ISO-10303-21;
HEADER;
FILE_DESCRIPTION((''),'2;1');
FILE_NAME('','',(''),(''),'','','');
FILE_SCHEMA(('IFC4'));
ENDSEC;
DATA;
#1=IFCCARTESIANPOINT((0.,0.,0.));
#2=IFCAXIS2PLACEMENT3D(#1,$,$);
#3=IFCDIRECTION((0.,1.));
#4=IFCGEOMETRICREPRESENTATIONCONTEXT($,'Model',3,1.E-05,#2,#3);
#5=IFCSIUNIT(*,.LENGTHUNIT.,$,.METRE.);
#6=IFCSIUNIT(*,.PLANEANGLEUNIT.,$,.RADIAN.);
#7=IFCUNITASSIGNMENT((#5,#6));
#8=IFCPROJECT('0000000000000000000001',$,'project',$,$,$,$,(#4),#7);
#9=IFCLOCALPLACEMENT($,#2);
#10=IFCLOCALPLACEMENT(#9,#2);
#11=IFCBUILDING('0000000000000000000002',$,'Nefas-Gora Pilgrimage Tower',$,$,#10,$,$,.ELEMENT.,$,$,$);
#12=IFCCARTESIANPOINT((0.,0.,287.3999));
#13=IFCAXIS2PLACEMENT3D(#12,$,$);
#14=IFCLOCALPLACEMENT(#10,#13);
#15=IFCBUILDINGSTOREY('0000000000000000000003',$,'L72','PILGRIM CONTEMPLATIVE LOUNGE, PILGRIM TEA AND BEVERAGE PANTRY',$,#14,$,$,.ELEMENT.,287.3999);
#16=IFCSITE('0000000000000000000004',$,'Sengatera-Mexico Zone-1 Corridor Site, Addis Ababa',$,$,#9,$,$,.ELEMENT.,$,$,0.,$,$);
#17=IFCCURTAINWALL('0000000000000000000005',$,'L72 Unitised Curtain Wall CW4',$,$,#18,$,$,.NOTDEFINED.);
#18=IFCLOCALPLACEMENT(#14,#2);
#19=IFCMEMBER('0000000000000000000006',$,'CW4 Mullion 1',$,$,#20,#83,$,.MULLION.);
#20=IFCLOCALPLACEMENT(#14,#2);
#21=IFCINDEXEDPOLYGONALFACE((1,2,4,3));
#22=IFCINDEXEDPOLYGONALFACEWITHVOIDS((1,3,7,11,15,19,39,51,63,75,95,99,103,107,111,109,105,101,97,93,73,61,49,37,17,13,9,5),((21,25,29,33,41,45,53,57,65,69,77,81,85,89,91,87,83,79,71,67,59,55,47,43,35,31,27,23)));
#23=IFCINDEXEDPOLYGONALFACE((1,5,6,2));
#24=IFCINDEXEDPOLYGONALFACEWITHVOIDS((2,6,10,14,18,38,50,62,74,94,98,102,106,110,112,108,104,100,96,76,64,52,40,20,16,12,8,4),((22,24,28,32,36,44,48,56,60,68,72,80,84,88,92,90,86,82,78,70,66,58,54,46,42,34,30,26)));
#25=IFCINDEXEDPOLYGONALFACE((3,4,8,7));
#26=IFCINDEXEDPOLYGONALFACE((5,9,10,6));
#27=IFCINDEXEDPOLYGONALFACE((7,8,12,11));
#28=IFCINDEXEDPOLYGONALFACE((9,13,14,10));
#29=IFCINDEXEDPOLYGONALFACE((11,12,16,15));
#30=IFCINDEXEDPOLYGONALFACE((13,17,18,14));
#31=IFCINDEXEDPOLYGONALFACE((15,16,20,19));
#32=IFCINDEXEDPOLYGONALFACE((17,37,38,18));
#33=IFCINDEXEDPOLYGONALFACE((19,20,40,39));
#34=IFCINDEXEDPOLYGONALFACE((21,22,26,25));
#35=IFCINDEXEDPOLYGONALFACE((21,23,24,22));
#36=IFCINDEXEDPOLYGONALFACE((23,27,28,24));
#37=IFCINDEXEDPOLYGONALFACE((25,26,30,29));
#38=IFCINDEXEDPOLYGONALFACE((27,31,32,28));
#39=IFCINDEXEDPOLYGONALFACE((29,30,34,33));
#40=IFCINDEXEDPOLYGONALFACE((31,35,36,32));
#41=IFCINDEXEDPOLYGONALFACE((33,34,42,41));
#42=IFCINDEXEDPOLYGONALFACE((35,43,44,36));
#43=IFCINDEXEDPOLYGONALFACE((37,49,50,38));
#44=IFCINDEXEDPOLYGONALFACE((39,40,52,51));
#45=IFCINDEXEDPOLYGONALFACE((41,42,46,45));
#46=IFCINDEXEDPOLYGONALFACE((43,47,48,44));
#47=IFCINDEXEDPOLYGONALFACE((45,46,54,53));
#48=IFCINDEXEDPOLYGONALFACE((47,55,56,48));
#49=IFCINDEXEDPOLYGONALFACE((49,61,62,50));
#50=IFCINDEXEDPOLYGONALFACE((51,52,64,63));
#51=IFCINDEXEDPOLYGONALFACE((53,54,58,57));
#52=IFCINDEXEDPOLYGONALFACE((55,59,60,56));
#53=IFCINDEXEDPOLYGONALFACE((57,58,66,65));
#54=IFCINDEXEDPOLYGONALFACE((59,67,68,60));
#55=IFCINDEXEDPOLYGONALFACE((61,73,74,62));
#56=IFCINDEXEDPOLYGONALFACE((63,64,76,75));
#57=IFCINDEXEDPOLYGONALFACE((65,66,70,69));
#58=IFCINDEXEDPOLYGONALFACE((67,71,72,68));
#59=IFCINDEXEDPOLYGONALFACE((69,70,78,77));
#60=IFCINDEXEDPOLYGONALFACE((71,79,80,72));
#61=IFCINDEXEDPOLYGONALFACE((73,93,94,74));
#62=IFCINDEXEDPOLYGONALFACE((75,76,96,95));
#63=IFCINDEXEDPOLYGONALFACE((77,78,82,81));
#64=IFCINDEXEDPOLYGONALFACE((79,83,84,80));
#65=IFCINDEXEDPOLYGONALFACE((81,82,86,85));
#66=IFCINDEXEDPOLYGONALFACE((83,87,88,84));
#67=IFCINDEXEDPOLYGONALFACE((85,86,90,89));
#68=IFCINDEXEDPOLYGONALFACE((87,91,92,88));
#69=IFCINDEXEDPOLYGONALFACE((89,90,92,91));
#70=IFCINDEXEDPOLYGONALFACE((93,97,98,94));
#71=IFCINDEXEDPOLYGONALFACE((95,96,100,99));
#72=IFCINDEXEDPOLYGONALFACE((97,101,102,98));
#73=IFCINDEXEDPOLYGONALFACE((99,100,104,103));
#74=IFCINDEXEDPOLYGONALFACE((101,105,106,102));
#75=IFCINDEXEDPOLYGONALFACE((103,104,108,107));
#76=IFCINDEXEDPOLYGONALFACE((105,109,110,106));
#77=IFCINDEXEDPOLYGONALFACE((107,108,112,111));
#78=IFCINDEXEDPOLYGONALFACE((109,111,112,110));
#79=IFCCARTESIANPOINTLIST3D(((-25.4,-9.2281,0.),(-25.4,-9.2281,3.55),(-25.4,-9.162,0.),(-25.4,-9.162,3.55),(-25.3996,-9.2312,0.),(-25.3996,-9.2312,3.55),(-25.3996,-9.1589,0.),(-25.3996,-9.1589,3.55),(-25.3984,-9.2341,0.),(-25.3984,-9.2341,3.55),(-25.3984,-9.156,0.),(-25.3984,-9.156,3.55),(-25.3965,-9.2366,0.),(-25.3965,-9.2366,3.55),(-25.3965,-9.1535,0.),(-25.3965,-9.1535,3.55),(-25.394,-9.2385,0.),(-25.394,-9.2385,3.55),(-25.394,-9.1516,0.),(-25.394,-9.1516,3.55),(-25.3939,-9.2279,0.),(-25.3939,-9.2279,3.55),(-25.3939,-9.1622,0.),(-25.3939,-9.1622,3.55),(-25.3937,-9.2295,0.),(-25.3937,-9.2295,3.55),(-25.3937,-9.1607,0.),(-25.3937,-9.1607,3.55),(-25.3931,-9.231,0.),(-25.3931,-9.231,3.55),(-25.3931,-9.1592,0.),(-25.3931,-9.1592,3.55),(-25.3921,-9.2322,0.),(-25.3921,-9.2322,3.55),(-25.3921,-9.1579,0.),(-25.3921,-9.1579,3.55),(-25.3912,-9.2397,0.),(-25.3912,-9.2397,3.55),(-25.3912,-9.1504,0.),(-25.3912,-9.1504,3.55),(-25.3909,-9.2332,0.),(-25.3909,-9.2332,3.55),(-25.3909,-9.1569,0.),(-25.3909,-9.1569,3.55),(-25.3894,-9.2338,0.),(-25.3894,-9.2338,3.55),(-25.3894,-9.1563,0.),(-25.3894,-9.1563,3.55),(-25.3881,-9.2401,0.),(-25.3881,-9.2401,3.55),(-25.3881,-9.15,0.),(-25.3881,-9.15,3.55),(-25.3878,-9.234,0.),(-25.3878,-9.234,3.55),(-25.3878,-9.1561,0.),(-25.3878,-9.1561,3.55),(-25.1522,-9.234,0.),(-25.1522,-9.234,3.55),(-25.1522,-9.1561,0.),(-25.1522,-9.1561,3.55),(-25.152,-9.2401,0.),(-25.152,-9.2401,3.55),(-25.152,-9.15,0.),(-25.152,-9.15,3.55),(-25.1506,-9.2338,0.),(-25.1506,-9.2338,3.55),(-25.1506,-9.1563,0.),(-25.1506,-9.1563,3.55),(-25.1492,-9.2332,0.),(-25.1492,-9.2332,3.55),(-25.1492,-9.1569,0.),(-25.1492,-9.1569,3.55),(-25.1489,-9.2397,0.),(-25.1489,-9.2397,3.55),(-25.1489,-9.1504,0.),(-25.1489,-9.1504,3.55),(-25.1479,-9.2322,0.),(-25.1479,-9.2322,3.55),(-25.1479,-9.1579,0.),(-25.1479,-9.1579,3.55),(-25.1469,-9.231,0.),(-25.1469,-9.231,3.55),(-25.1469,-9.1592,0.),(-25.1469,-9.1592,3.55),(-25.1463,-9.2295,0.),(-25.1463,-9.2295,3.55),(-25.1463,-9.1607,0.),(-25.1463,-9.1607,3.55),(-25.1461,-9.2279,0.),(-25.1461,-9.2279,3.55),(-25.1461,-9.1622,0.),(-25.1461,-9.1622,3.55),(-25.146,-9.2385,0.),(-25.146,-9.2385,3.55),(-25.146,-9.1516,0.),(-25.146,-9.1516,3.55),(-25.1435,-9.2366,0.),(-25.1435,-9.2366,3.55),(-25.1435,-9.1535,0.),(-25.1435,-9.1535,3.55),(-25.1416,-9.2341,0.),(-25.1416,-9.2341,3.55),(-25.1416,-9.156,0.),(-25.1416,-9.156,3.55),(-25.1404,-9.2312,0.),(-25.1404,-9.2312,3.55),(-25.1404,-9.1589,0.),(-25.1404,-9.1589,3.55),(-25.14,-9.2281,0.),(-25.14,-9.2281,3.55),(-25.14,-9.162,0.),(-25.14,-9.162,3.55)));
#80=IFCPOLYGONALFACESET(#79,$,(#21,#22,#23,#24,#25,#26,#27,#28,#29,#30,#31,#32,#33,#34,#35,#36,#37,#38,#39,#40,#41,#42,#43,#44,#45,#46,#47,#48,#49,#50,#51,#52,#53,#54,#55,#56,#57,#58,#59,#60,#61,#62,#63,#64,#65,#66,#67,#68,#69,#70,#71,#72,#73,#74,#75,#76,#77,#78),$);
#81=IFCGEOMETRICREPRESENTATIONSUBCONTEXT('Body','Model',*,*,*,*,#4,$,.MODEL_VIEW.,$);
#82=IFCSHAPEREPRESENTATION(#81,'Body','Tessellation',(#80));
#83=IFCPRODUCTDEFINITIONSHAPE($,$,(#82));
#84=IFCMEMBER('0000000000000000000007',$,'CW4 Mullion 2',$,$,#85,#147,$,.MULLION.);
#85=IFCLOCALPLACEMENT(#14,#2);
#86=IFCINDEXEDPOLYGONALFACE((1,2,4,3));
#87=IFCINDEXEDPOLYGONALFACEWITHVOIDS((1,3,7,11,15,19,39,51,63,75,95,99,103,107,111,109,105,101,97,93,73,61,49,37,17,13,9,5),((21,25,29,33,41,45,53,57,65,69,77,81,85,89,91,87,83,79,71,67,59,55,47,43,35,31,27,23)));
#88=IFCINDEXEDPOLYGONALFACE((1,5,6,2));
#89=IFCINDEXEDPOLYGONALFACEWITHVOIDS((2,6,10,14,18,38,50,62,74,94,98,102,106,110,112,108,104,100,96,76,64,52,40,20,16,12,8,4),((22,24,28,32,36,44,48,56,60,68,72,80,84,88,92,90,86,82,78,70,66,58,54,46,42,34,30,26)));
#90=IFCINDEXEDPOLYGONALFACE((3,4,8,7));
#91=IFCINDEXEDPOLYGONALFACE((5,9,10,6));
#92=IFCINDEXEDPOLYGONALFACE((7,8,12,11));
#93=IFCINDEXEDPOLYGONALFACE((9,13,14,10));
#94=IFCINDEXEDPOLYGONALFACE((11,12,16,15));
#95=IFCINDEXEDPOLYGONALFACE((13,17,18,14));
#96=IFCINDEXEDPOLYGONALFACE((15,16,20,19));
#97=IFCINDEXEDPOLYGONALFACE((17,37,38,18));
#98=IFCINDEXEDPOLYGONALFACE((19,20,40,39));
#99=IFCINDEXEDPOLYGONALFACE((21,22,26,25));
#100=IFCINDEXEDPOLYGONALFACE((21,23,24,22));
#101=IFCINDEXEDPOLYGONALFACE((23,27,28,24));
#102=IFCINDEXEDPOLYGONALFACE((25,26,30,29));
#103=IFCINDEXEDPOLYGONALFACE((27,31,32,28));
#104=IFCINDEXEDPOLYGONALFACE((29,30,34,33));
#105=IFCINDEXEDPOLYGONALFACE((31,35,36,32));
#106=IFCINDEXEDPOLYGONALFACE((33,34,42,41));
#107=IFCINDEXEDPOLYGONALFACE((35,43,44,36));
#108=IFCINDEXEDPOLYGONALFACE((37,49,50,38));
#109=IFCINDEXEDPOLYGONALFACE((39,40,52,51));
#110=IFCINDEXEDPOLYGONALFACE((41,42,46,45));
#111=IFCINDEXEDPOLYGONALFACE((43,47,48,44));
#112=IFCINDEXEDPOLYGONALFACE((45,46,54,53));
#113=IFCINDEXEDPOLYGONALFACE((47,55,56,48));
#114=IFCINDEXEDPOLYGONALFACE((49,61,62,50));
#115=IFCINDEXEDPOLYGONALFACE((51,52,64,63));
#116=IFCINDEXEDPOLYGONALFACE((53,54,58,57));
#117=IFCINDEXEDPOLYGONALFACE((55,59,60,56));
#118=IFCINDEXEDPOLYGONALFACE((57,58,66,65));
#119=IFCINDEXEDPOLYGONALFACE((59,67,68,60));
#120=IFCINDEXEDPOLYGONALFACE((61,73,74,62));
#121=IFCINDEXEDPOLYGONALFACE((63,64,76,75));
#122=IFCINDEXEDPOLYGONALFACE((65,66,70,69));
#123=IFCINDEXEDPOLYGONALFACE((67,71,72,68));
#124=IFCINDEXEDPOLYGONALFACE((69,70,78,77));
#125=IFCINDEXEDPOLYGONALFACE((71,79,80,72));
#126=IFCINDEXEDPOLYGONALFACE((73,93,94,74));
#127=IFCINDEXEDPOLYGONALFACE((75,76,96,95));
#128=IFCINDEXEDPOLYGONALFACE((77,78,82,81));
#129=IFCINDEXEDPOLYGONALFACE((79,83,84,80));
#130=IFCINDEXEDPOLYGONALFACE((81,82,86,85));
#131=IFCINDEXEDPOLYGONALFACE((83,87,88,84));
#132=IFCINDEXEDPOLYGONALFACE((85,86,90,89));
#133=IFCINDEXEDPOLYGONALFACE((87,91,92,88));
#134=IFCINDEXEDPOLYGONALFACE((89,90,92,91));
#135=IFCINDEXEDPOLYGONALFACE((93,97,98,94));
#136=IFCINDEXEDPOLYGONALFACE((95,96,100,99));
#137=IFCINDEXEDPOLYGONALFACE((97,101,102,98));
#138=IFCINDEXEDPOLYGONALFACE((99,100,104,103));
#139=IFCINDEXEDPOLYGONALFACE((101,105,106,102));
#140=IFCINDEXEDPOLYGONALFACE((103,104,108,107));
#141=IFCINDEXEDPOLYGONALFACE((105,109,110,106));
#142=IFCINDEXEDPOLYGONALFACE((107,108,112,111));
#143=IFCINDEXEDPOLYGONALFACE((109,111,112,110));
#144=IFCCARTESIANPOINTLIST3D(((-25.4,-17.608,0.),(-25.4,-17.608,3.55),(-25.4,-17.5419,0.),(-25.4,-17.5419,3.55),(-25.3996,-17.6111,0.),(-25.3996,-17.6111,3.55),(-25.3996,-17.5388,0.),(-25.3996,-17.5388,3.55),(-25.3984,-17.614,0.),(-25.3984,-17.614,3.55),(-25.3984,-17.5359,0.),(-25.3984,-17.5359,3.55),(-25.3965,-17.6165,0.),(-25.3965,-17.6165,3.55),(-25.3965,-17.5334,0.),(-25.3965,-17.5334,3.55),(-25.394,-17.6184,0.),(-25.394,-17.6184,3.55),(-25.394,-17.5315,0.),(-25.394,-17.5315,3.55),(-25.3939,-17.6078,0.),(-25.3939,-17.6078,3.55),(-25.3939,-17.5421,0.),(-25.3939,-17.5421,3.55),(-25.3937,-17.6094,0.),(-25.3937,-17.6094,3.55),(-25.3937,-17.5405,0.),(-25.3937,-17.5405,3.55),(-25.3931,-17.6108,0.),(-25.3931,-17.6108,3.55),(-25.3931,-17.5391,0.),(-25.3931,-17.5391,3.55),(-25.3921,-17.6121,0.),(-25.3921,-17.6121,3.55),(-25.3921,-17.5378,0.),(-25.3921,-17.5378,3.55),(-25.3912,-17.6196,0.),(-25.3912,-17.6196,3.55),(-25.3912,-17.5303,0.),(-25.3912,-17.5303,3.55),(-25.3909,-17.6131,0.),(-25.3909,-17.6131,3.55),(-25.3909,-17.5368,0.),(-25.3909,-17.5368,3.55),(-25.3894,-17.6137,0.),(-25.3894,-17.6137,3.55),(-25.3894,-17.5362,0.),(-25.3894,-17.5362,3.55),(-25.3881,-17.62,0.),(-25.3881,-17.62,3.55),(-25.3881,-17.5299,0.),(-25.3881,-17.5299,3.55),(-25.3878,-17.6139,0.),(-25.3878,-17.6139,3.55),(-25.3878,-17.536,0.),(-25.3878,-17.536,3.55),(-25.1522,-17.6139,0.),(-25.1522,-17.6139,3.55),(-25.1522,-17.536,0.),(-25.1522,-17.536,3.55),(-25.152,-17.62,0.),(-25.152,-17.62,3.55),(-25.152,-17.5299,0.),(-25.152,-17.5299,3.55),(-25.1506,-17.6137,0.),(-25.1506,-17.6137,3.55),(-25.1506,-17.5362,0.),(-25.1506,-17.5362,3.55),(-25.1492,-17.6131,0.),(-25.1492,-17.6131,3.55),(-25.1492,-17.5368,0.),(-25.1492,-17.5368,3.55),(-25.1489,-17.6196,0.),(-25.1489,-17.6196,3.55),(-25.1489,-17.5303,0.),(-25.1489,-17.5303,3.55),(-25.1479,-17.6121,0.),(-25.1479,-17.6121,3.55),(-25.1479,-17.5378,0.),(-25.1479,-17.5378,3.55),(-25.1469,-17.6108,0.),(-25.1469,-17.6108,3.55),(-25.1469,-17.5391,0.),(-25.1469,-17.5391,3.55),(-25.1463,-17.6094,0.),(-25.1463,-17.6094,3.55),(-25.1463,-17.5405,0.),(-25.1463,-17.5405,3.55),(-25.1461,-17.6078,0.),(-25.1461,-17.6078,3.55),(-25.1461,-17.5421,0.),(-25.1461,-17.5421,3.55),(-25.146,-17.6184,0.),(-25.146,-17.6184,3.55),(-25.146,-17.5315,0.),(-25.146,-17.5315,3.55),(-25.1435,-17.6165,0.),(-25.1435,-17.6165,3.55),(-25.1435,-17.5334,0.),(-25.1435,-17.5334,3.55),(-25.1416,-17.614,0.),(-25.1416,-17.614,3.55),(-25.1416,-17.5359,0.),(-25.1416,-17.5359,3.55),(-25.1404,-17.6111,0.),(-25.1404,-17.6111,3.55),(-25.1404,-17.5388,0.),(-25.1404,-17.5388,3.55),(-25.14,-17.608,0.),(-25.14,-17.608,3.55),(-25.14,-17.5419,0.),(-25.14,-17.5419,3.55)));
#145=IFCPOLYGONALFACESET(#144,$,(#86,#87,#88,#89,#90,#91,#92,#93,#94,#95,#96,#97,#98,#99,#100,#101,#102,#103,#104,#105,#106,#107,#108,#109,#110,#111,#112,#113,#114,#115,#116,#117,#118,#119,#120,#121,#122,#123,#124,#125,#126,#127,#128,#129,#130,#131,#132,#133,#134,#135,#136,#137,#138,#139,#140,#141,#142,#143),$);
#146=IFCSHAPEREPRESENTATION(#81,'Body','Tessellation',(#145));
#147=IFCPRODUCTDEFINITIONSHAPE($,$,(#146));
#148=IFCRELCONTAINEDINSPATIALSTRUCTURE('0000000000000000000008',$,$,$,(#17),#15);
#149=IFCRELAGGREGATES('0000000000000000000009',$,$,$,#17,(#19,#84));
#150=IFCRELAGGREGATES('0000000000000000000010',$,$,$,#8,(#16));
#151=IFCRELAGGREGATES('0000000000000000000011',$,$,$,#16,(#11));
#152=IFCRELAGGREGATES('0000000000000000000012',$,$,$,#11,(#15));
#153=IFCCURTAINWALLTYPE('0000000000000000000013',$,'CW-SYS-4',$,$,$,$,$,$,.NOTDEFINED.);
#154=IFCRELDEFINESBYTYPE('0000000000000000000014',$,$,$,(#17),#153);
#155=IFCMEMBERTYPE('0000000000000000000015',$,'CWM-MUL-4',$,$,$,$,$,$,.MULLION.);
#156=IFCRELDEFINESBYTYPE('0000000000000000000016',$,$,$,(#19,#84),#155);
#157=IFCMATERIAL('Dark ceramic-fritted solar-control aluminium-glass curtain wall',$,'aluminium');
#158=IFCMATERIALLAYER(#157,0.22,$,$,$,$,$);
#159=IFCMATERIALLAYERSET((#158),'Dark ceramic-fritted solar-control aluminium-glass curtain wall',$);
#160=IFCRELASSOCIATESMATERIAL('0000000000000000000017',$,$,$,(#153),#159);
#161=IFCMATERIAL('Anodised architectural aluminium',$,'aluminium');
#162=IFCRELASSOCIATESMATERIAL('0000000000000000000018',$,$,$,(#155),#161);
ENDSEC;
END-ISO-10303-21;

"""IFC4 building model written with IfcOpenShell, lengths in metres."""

from ifc_helpers import new_model, si_unit, direction, frame, origin, origin_2d, place, context, subcontext, project, spatial, hollow_rectangle, extrude, source, transform, mapped, material, layer, layer_set, material_profile, profile_set, type_object, element, aggregate, save


model = new_model("IFC4")

# Units and contexts
model_context = context("Model", 3, precision=1e-05, world=origin(), true_north=direction((0.0, 1.0)))
body_context = subcontext(model_context, "Body", "Model", "MODEL_VIEW")
ifc_project = project(units=[si_unit("LENGTHUNIT", "METRE"), si_unit("PLANEANGLEUNIT", "RADIAN")], contexts=[model_context])

# Site, building, storey
site_placement = place(None, origin())
site = spatial("IfcSite", under=ifc_project, at=site_placement, Name="Sengatera-Mexico Zone-1 Corridor Site, Addis Ababa", CompositionType="ELEMENT", RefElevation=0.0)
building_placement = place(site_placement, origin())
building = spatial("IfcBuilding", under=site, at=building_placement, Name="Nefas-Gora Pilgrimage Tower", CompositionType="ELEMENT")
storey_placement = place(building_placement, frame((0.0, 0.0, 287.3999)))
storey = spatial("IfcBuildingStorey", under=building, at=storey_placement, Name="L72", Description="PILGRIM CONTEMPLATIVE LOUNGE, PILGRIM TEA AND BEVERAGE PANTRY", CompositionType="ELEMENT", Elevation=287.3999)

# Curtain wall
ifc_material_1 = material(Name="Dark ceramic-fritted solar-control aluminium-glass curtain wall", Category="aluminium")
ifc_layer_1 = layer(ifc_material_1, 0.22)
ifc_layer_set_1 = layer_set([ifc_layer_1], Name="Dark ceramic-fritted solar-control aluminium-glass curtain wall")
curtain_wall_type = type_object("IfcCurtainWallType", Name="CW-SYS-4", PredefinedType="NOTDEFINED", material=ifc_layer_set_1)
curtain_wall_1_placement = place(storey_placement, origin())
curtain_wall_1 = element("IfcCurtainWall", 1, at=curtain_wall_1_placement, inside=storey, type_object=curtain_wall_type, Name="L72 Unitised Curtain Wall CW4", PredefinedType="NOTDEFINED")
ifc_material_2 = material(Name="Anodised architectural aluminium", Category="aluminium")

# Members
ifc_material_profile_1 = material_profile(ifc_material_2, hollow_rectangle(XDim=0.0901, YDim=0.26, WallThickness=0.0061, InnerFilletRadius=0.0061, OuterFilletRadius=0.012, at=origin_2d()), Name="ALU MULLION 90x260")
ifc_profile_set_1 = profile_set([ifc_material_profile_1], Name="Anodised architectural aluminium")
member_type_1 = type_object("IfcMemberType", Name="CWM-MUL-4", PredefinedType="MULLION", material=ifc_profile_set_1)
shared_shape_1 = source(origin(), body_context, "Body", "SweptSolid", [
    extrude(hollow_rectangle(XDim=0.0901, YDim=0.26, WallThickness=0.0061, InnerFilletRadius=0.0061, OuterFilletRadius=0.012, at=origin_2d()), origin(), (0.0, 0.0, 1.0), 3.55),
])
member_1_placement = place(storey_placement, frame((-25.27, -9.1951, 0.0), z_axis=(0.0, 0.0, 1.0), x_axis=(0.0, -1.0, 0.0)))
member_1 = element("IfcMember", 2, at=member_1_placement, type_object=member_type_1, Name="CW4 Mullion 1", PredefinedType="MULLION", context=body_context, shape_type="MappedRepresentation", body=[
    mapped(shared_shape_1, transform((0.0, 0.0, 0.0), x_axis=(1.0, 0.0, 0.0), y_axis=(0.0, 1.0, 0.0), z_axis=(0.0, 0.0, 1.0), scale=1.0)),
])
member_2_placement = place(storey_placement, frame((-25.27, -17.575, 0.0), z_axis=(0.0, 0.0, 1.0), x_axis=(0.0, -1.0, 0.0)))
member_2 = element("IfcMember", 3, at=member_2_placement, type_object=member_type_1, Name="CW4 Mullion 2", PredefinedType="MULLION", context=body_context, shape_type="MappedRepresentation", body=[
    mapped(shared_shape_1, transform((0.0, 0.0, 0.0), x_axis=(1.0, 0.0, 0.0), y_axis=(0.0, 1.0, 0.0), z_axis=(0.0, 0.0, 1.0), scale=1.0)),
])

aggregate(curtain_wall_1, [member_1, member_2])

save(model, "model.ifc")
